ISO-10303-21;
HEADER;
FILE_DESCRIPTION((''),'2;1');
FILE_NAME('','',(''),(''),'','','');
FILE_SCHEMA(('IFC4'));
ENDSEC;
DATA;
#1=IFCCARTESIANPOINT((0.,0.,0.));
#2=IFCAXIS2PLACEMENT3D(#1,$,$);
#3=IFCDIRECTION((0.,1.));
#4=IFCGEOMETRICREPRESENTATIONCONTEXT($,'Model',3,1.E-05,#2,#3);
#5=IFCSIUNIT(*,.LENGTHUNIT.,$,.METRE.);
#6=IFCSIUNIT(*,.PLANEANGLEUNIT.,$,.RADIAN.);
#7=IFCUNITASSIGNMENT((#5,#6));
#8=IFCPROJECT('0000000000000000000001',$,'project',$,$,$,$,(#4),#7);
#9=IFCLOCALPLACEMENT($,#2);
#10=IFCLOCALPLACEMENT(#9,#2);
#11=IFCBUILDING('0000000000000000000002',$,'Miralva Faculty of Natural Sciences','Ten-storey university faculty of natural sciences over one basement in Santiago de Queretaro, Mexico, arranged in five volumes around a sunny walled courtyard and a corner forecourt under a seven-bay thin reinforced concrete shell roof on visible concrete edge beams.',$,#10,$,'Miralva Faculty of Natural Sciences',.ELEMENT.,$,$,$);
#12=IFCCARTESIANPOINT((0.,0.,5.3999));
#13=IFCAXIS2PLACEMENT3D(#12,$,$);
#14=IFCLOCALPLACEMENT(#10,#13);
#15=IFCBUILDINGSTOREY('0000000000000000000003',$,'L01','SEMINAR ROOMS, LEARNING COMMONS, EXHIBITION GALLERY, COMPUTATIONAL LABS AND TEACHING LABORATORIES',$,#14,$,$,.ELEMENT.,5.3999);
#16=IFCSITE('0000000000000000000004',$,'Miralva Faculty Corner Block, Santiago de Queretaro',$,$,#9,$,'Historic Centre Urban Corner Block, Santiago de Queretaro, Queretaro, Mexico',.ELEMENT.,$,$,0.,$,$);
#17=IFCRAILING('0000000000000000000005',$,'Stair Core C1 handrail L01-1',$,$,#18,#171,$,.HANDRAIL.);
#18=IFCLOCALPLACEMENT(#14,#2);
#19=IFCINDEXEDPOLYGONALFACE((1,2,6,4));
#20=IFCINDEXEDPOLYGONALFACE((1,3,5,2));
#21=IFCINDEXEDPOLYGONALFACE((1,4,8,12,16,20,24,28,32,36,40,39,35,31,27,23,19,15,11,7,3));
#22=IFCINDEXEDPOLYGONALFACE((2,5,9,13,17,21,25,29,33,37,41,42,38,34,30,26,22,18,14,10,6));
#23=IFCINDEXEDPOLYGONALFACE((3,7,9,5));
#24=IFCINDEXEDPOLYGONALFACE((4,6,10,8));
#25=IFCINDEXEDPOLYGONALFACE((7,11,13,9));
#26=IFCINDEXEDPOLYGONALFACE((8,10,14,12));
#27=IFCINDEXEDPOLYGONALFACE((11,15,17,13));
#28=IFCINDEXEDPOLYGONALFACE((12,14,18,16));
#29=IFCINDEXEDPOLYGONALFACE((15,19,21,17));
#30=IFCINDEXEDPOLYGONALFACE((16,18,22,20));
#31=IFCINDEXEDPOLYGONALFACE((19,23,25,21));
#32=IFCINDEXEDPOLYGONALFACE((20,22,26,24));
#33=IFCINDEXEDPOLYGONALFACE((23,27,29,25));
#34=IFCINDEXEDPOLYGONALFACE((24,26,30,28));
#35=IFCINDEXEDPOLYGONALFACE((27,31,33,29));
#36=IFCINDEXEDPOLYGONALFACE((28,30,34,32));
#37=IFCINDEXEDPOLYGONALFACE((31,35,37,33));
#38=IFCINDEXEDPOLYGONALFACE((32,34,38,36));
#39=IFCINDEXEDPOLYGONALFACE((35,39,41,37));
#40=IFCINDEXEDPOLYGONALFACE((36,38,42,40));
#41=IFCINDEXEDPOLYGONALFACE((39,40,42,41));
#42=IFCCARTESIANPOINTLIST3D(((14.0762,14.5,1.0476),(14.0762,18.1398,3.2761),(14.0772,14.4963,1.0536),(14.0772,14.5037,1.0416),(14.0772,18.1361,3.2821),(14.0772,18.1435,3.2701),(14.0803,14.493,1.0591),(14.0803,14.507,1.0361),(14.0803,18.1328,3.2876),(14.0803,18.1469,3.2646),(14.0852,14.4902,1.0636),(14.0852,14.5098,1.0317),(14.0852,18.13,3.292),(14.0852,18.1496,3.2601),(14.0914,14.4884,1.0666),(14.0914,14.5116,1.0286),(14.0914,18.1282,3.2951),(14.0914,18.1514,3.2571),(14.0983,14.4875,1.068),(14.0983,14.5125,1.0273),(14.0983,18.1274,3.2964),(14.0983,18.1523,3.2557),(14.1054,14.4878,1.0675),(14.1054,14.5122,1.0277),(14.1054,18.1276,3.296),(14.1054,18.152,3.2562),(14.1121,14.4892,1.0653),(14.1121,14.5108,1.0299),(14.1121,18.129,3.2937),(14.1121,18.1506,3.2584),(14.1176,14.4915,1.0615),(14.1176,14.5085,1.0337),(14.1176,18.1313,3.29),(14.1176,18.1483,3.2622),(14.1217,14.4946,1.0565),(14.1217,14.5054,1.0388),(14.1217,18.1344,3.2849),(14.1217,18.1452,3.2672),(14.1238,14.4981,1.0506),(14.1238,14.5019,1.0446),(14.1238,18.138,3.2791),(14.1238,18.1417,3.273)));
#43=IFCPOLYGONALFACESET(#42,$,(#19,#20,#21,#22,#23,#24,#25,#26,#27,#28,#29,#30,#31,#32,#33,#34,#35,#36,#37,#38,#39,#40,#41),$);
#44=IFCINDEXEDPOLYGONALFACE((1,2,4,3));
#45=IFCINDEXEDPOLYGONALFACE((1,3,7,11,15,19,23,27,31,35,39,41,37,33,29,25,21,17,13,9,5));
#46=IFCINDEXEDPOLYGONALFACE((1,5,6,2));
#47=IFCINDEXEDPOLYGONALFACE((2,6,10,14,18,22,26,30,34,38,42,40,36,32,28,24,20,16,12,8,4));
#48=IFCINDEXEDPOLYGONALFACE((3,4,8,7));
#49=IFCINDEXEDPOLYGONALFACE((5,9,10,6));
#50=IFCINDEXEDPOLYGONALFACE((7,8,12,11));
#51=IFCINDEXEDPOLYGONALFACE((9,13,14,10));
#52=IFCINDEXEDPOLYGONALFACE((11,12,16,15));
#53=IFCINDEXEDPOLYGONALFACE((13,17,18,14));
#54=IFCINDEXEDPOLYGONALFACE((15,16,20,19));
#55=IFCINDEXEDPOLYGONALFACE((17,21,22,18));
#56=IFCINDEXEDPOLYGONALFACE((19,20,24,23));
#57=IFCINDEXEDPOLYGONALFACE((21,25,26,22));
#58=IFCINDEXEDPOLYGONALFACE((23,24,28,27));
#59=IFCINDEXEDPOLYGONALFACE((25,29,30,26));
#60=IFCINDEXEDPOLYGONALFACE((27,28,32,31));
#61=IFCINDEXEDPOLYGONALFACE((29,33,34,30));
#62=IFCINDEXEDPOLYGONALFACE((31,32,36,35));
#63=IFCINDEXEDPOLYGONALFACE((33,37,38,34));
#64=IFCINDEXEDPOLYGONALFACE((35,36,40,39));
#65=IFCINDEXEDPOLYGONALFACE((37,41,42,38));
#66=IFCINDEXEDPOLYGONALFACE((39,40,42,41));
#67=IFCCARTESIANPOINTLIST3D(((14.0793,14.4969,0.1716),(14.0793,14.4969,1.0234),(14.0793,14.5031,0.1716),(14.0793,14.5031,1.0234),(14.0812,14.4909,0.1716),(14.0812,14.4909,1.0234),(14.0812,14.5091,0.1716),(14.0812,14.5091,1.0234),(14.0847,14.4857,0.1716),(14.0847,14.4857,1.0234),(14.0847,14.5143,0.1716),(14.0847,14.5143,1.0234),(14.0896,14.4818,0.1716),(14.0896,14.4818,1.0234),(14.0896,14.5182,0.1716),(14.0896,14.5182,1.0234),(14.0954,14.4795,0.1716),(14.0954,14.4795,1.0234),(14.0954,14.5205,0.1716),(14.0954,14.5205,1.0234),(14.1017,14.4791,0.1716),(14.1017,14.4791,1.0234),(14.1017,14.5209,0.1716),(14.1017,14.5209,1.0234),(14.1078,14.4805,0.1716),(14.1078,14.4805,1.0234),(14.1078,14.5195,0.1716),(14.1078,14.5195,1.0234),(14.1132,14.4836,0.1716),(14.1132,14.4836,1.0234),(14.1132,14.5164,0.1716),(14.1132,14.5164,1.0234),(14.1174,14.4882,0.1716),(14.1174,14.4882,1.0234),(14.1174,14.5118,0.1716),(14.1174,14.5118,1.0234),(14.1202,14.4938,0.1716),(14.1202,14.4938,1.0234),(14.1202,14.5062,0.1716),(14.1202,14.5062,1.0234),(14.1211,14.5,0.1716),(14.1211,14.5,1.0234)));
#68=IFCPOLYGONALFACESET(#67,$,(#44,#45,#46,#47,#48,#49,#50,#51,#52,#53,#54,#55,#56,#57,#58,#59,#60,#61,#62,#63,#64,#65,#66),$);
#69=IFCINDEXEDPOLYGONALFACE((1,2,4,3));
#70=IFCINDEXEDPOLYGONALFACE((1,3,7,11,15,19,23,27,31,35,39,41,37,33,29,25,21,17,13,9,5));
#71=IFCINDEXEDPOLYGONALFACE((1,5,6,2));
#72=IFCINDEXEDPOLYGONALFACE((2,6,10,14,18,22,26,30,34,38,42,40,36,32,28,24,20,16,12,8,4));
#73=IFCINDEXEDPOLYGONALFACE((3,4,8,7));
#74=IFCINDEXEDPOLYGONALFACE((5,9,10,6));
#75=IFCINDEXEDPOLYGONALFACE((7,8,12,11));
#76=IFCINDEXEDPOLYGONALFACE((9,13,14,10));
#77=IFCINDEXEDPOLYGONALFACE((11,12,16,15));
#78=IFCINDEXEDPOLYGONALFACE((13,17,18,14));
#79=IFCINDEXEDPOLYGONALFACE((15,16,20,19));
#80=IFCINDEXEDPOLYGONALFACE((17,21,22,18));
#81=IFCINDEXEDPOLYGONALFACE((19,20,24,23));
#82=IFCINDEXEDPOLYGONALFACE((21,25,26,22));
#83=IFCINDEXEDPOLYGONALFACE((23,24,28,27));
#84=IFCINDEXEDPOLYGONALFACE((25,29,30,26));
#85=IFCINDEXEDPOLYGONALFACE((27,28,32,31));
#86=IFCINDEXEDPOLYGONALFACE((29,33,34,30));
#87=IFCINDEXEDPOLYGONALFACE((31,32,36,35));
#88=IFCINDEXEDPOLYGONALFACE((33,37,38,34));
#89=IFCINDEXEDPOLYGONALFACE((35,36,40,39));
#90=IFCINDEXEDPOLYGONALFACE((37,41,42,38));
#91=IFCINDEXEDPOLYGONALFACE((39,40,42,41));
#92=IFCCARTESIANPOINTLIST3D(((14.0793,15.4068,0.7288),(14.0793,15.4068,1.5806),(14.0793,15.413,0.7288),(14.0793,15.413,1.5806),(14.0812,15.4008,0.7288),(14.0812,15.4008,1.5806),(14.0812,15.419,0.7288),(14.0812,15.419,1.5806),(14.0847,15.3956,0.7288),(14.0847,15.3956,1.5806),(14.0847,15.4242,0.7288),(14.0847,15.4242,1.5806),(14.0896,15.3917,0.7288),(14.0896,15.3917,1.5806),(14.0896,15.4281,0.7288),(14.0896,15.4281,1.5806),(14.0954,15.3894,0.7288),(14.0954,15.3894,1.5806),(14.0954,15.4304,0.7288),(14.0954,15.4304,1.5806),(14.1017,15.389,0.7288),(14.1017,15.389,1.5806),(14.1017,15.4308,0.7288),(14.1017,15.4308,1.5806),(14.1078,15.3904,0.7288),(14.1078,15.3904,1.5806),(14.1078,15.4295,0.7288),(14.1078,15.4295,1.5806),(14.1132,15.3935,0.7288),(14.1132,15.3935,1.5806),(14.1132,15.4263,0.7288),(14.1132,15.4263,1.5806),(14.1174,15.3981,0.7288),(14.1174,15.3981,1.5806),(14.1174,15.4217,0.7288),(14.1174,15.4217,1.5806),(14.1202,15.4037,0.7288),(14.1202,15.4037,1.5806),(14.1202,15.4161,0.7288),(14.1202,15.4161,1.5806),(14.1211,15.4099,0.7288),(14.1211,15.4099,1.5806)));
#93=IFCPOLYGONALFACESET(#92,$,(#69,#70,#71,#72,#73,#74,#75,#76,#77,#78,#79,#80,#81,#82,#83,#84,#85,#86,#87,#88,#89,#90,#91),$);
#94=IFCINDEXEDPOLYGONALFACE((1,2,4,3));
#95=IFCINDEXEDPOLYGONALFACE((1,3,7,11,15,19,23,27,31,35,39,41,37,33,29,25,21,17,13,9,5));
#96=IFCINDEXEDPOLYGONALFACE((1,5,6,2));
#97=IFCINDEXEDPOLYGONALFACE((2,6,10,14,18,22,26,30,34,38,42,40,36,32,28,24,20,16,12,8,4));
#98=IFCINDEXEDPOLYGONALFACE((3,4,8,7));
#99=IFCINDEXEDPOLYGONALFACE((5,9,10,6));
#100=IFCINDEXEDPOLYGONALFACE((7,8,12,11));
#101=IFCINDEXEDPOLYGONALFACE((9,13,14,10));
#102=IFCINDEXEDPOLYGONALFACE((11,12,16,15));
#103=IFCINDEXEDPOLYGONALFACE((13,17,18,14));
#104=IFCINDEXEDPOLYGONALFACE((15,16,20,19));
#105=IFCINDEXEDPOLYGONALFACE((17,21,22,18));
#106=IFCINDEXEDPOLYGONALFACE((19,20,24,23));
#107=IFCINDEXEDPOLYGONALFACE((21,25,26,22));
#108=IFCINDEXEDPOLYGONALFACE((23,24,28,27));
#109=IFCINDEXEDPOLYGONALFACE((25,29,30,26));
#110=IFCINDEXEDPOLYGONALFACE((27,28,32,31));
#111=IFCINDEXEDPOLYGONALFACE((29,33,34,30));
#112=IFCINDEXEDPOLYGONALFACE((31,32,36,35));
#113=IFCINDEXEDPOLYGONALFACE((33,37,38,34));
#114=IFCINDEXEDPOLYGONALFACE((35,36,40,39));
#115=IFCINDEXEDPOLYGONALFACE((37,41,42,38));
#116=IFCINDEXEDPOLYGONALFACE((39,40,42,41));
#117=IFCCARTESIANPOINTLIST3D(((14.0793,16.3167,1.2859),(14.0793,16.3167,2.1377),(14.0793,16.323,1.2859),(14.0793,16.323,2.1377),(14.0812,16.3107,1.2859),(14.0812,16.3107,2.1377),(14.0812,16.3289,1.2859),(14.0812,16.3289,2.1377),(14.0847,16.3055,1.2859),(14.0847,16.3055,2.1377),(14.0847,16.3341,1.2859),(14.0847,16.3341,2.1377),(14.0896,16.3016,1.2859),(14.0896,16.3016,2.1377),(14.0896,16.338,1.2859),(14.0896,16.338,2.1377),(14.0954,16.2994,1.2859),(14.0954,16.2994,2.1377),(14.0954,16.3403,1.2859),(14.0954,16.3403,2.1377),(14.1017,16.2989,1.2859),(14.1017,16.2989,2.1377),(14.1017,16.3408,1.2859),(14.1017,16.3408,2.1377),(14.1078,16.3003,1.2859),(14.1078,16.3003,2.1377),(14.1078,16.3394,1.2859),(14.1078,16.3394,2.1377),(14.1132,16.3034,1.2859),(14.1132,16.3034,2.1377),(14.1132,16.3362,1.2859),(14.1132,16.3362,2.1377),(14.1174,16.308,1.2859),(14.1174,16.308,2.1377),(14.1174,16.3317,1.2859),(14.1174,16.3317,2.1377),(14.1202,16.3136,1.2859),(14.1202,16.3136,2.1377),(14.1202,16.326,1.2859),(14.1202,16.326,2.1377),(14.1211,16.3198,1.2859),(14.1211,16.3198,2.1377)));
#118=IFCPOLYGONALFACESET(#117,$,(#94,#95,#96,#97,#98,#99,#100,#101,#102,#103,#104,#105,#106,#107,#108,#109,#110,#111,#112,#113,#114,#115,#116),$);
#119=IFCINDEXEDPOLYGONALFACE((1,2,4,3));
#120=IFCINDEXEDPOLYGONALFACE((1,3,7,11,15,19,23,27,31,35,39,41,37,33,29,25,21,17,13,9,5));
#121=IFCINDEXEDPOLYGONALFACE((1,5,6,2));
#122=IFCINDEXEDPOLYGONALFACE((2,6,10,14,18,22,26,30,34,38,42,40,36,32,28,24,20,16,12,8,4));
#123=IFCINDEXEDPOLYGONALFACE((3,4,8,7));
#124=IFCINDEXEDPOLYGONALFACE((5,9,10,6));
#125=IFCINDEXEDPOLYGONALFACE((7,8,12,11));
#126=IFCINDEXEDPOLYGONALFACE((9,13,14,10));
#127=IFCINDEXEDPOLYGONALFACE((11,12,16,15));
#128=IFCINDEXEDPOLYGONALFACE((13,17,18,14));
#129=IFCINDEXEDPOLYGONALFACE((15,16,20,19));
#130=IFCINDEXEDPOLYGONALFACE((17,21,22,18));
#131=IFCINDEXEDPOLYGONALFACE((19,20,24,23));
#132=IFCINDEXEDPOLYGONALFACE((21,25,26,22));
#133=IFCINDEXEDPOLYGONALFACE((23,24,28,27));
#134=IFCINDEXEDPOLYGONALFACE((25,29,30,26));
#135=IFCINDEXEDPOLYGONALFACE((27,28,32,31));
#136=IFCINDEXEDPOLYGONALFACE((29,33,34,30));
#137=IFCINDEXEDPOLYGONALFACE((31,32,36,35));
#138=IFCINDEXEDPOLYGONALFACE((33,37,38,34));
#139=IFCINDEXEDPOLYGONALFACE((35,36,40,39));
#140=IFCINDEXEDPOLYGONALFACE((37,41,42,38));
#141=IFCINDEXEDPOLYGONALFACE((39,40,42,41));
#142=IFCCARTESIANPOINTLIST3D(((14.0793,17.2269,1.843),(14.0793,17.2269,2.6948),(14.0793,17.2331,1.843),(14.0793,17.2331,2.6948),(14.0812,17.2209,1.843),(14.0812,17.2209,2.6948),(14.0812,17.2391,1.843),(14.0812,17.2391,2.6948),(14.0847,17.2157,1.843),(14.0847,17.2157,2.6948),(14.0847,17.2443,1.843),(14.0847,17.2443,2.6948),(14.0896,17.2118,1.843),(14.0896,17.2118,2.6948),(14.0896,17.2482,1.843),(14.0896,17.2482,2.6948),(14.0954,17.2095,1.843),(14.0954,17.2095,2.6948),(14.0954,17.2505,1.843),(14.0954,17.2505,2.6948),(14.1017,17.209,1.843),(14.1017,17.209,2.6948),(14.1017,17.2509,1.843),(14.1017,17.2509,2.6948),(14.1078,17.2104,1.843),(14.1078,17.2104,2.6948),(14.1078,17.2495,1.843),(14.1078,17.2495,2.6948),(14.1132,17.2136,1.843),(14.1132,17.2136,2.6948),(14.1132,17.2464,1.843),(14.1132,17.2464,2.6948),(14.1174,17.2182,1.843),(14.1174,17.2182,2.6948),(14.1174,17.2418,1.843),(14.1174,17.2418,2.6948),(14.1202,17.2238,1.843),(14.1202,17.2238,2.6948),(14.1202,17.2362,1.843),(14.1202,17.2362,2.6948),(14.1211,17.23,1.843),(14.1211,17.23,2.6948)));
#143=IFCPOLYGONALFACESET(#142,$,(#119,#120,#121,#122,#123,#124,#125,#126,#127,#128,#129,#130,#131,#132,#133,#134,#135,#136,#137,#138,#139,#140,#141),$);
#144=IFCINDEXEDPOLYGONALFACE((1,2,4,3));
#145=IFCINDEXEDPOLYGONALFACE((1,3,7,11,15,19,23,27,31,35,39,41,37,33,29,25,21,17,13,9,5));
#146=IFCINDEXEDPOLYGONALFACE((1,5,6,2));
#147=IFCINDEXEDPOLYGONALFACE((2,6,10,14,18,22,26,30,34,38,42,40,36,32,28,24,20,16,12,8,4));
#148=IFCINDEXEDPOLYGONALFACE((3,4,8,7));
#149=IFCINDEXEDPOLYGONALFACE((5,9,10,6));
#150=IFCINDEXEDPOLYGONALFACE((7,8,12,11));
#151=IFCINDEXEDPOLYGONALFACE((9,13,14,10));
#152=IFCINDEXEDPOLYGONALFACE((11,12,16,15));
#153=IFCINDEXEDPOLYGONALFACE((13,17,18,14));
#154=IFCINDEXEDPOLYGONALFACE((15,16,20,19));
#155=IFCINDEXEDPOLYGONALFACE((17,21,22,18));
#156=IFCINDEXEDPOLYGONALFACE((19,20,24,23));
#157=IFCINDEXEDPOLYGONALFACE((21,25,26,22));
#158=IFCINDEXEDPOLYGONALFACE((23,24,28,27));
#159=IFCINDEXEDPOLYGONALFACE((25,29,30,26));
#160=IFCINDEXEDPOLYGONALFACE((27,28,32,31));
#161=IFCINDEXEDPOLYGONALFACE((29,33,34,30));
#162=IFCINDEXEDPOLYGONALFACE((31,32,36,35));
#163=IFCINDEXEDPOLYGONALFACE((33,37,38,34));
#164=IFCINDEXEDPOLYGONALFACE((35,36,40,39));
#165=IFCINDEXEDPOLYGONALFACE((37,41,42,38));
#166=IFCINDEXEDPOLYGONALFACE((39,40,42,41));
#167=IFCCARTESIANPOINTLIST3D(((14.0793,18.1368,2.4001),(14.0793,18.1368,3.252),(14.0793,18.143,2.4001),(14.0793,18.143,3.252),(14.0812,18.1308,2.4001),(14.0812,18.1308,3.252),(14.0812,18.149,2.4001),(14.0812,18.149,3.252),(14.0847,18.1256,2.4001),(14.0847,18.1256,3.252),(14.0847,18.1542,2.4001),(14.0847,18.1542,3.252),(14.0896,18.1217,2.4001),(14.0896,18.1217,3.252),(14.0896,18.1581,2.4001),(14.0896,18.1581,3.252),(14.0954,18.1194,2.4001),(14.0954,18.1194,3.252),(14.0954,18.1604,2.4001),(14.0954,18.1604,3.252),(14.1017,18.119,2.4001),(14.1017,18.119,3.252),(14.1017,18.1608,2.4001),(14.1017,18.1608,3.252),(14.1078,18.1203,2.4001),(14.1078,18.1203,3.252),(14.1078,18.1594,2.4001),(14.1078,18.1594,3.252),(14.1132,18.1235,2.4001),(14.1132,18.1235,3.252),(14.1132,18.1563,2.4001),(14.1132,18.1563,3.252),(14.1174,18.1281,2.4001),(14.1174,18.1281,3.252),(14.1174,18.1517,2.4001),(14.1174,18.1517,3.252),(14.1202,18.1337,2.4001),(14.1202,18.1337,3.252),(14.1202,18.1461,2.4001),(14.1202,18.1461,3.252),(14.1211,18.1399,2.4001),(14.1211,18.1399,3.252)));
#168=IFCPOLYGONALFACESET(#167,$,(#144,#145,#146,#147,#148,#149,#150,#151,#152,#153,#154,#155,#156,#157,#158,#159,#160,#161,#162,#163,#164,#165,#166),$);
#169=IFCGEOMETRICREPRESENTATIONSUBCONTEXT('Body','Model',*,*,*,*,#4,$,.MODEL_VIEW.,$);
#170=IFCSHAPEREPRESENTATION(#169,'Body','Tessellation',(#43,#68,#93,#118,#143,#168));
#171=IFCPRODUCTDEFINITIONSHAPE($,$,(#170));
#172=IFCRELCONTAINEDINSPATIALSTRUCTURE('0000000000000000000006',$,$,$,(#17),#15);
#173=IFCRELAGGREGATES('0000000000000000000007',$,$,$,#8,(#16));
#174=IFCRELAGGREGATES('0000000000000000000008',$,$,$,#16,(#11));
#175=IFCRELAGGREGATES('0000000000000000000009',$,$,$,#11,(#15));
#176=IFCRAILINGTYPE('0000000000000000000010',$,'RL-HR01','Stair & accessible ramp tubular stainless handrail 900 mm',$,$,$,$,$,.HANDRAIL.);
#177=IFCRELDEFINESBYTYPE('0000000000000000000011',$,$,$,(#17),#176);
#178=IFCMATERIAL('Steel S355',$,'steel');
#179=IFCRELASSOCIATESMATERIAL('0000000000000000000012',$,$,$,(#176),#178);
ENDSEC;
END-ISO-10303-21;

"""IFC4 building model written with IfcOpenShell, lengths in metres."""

from ifc_helpers import new_model, si_unit, direction, frame, origin, origin_2d, place, context, subcontext, project, spatial, circle, extrude, material, type_object, element, save


model = new_model("IFC4")

# Units and contexts
model_context = context("Model", 3, precision=1e-05, world=origin(), true_north=direction((0.0, 1.0)))
body_context = subcontext(model_context, "Body", "Model", "MODEL_VIEW")
ifc_project = project(units=[si_unit("LENGTHUNIT", "METRE"), si_unit("PLANEANGLEUNIT", "RADIAN")], contexts=[model_context])

# Site, building, storey
site_placement = place(None, origin())
site = spatial("IfcSite", under=ifc_project, at=site_placement, Name="Miralva Faculty Corner Block, Santiago de Queretaro", LongName="Historic Centre Urban Corner Block, Santiago de Queretaro, Queretaro, Mexico", CompositionType="ELEMENT", RefElevation=0.0)
building_placement = place(site_placement, origin())
building = spatial("IfcBuilding", under=site, at=building_placement, Name="Miralva Faculty of Natural Sciences", Description="Ten-storey university faculty of natural sciences over one basement in Santiago de Queretaro, Mexico, arranged in five volumes around a sunny walled courtyard and a corner forecourt under a seven-bay thin reinforced concrete shell roof on visible concrete edge beams.", LongName="Miralva Faculty of Natural Sciences", CompositionType="ELEMENT")
storey_placement = place(building_placement, frame((0.0, 0.0, 5.3999)))
storey = spatial("IfcBuildingStorey", under=building, at=storey_placement, Name="L01", Description="SEMINAR ROOMS, LEARNING COMMONS, EXHIBITION GALLERY, COMPUTATIONAL LABS AND TEACHING LABORATORIES", CompositionType="ELEMENT", Elevation=5.3999)

# Railing
ifc_material_1 = material(Name="Steel S355", Category="steel")
railing_type_1 = type_object("IfcRailingType", Name="RL-HR01", Description="Stair & accessible ramp tubular stainless handrail 900 mm", PredefinedType="HANDRAIL", material=ifc_material_1)
railing_1_placement = place(storey_placement, frame((14.1001, 14.5, 0.1716)))
element("IfcRailing", 1, at=railing_1_placement, inside=storey, type_object=railing_type_1, Name="Stair Core C1 handrail L01-1", PredefinedType="HANDRAIL", context=body_context, shape_type="SweptSolid", body=[
    extrude(circle(Radius=0.0239, at=origin_2d()), frame((0.0, 0.0, 0.876), z_axis=(0.0, 0.85285, 0.522156), x_axis=(-1.0, 0.0, 0.0)), (0.0, 0.0, 1.0), 4.2678),
    extrude(circle(Radius=0.021, at=origin_2d()), origin(), (0.0, 0.0, 1.0), 0.8518),
    extrude(circle(Radius=0.021, at=origin_2d()), frame((0.0, 0.9099, 0.5571)), (0.0, 0.0, 1.0), 0.8518),
    extrude(circle(Radius=0.021, at=origin_2d()), frame((0.0, 1.8198, 1.1143)), (0.0, 0.0, 1.0), 0.8518),
    extrude(circle(Radius=0.021, at=origin_2d()), frame((0.0, 2.73, 1.6714)), (0.0, 0.0, 1.0), 0.8518),
    extrude(circle(Radius=0.021, at=origin_2d()), frame((0.0, 3.6399, 2.2285)), (0.0, 0.0, 1.0), 0.8518),
])

save(model, "model.ifc")
